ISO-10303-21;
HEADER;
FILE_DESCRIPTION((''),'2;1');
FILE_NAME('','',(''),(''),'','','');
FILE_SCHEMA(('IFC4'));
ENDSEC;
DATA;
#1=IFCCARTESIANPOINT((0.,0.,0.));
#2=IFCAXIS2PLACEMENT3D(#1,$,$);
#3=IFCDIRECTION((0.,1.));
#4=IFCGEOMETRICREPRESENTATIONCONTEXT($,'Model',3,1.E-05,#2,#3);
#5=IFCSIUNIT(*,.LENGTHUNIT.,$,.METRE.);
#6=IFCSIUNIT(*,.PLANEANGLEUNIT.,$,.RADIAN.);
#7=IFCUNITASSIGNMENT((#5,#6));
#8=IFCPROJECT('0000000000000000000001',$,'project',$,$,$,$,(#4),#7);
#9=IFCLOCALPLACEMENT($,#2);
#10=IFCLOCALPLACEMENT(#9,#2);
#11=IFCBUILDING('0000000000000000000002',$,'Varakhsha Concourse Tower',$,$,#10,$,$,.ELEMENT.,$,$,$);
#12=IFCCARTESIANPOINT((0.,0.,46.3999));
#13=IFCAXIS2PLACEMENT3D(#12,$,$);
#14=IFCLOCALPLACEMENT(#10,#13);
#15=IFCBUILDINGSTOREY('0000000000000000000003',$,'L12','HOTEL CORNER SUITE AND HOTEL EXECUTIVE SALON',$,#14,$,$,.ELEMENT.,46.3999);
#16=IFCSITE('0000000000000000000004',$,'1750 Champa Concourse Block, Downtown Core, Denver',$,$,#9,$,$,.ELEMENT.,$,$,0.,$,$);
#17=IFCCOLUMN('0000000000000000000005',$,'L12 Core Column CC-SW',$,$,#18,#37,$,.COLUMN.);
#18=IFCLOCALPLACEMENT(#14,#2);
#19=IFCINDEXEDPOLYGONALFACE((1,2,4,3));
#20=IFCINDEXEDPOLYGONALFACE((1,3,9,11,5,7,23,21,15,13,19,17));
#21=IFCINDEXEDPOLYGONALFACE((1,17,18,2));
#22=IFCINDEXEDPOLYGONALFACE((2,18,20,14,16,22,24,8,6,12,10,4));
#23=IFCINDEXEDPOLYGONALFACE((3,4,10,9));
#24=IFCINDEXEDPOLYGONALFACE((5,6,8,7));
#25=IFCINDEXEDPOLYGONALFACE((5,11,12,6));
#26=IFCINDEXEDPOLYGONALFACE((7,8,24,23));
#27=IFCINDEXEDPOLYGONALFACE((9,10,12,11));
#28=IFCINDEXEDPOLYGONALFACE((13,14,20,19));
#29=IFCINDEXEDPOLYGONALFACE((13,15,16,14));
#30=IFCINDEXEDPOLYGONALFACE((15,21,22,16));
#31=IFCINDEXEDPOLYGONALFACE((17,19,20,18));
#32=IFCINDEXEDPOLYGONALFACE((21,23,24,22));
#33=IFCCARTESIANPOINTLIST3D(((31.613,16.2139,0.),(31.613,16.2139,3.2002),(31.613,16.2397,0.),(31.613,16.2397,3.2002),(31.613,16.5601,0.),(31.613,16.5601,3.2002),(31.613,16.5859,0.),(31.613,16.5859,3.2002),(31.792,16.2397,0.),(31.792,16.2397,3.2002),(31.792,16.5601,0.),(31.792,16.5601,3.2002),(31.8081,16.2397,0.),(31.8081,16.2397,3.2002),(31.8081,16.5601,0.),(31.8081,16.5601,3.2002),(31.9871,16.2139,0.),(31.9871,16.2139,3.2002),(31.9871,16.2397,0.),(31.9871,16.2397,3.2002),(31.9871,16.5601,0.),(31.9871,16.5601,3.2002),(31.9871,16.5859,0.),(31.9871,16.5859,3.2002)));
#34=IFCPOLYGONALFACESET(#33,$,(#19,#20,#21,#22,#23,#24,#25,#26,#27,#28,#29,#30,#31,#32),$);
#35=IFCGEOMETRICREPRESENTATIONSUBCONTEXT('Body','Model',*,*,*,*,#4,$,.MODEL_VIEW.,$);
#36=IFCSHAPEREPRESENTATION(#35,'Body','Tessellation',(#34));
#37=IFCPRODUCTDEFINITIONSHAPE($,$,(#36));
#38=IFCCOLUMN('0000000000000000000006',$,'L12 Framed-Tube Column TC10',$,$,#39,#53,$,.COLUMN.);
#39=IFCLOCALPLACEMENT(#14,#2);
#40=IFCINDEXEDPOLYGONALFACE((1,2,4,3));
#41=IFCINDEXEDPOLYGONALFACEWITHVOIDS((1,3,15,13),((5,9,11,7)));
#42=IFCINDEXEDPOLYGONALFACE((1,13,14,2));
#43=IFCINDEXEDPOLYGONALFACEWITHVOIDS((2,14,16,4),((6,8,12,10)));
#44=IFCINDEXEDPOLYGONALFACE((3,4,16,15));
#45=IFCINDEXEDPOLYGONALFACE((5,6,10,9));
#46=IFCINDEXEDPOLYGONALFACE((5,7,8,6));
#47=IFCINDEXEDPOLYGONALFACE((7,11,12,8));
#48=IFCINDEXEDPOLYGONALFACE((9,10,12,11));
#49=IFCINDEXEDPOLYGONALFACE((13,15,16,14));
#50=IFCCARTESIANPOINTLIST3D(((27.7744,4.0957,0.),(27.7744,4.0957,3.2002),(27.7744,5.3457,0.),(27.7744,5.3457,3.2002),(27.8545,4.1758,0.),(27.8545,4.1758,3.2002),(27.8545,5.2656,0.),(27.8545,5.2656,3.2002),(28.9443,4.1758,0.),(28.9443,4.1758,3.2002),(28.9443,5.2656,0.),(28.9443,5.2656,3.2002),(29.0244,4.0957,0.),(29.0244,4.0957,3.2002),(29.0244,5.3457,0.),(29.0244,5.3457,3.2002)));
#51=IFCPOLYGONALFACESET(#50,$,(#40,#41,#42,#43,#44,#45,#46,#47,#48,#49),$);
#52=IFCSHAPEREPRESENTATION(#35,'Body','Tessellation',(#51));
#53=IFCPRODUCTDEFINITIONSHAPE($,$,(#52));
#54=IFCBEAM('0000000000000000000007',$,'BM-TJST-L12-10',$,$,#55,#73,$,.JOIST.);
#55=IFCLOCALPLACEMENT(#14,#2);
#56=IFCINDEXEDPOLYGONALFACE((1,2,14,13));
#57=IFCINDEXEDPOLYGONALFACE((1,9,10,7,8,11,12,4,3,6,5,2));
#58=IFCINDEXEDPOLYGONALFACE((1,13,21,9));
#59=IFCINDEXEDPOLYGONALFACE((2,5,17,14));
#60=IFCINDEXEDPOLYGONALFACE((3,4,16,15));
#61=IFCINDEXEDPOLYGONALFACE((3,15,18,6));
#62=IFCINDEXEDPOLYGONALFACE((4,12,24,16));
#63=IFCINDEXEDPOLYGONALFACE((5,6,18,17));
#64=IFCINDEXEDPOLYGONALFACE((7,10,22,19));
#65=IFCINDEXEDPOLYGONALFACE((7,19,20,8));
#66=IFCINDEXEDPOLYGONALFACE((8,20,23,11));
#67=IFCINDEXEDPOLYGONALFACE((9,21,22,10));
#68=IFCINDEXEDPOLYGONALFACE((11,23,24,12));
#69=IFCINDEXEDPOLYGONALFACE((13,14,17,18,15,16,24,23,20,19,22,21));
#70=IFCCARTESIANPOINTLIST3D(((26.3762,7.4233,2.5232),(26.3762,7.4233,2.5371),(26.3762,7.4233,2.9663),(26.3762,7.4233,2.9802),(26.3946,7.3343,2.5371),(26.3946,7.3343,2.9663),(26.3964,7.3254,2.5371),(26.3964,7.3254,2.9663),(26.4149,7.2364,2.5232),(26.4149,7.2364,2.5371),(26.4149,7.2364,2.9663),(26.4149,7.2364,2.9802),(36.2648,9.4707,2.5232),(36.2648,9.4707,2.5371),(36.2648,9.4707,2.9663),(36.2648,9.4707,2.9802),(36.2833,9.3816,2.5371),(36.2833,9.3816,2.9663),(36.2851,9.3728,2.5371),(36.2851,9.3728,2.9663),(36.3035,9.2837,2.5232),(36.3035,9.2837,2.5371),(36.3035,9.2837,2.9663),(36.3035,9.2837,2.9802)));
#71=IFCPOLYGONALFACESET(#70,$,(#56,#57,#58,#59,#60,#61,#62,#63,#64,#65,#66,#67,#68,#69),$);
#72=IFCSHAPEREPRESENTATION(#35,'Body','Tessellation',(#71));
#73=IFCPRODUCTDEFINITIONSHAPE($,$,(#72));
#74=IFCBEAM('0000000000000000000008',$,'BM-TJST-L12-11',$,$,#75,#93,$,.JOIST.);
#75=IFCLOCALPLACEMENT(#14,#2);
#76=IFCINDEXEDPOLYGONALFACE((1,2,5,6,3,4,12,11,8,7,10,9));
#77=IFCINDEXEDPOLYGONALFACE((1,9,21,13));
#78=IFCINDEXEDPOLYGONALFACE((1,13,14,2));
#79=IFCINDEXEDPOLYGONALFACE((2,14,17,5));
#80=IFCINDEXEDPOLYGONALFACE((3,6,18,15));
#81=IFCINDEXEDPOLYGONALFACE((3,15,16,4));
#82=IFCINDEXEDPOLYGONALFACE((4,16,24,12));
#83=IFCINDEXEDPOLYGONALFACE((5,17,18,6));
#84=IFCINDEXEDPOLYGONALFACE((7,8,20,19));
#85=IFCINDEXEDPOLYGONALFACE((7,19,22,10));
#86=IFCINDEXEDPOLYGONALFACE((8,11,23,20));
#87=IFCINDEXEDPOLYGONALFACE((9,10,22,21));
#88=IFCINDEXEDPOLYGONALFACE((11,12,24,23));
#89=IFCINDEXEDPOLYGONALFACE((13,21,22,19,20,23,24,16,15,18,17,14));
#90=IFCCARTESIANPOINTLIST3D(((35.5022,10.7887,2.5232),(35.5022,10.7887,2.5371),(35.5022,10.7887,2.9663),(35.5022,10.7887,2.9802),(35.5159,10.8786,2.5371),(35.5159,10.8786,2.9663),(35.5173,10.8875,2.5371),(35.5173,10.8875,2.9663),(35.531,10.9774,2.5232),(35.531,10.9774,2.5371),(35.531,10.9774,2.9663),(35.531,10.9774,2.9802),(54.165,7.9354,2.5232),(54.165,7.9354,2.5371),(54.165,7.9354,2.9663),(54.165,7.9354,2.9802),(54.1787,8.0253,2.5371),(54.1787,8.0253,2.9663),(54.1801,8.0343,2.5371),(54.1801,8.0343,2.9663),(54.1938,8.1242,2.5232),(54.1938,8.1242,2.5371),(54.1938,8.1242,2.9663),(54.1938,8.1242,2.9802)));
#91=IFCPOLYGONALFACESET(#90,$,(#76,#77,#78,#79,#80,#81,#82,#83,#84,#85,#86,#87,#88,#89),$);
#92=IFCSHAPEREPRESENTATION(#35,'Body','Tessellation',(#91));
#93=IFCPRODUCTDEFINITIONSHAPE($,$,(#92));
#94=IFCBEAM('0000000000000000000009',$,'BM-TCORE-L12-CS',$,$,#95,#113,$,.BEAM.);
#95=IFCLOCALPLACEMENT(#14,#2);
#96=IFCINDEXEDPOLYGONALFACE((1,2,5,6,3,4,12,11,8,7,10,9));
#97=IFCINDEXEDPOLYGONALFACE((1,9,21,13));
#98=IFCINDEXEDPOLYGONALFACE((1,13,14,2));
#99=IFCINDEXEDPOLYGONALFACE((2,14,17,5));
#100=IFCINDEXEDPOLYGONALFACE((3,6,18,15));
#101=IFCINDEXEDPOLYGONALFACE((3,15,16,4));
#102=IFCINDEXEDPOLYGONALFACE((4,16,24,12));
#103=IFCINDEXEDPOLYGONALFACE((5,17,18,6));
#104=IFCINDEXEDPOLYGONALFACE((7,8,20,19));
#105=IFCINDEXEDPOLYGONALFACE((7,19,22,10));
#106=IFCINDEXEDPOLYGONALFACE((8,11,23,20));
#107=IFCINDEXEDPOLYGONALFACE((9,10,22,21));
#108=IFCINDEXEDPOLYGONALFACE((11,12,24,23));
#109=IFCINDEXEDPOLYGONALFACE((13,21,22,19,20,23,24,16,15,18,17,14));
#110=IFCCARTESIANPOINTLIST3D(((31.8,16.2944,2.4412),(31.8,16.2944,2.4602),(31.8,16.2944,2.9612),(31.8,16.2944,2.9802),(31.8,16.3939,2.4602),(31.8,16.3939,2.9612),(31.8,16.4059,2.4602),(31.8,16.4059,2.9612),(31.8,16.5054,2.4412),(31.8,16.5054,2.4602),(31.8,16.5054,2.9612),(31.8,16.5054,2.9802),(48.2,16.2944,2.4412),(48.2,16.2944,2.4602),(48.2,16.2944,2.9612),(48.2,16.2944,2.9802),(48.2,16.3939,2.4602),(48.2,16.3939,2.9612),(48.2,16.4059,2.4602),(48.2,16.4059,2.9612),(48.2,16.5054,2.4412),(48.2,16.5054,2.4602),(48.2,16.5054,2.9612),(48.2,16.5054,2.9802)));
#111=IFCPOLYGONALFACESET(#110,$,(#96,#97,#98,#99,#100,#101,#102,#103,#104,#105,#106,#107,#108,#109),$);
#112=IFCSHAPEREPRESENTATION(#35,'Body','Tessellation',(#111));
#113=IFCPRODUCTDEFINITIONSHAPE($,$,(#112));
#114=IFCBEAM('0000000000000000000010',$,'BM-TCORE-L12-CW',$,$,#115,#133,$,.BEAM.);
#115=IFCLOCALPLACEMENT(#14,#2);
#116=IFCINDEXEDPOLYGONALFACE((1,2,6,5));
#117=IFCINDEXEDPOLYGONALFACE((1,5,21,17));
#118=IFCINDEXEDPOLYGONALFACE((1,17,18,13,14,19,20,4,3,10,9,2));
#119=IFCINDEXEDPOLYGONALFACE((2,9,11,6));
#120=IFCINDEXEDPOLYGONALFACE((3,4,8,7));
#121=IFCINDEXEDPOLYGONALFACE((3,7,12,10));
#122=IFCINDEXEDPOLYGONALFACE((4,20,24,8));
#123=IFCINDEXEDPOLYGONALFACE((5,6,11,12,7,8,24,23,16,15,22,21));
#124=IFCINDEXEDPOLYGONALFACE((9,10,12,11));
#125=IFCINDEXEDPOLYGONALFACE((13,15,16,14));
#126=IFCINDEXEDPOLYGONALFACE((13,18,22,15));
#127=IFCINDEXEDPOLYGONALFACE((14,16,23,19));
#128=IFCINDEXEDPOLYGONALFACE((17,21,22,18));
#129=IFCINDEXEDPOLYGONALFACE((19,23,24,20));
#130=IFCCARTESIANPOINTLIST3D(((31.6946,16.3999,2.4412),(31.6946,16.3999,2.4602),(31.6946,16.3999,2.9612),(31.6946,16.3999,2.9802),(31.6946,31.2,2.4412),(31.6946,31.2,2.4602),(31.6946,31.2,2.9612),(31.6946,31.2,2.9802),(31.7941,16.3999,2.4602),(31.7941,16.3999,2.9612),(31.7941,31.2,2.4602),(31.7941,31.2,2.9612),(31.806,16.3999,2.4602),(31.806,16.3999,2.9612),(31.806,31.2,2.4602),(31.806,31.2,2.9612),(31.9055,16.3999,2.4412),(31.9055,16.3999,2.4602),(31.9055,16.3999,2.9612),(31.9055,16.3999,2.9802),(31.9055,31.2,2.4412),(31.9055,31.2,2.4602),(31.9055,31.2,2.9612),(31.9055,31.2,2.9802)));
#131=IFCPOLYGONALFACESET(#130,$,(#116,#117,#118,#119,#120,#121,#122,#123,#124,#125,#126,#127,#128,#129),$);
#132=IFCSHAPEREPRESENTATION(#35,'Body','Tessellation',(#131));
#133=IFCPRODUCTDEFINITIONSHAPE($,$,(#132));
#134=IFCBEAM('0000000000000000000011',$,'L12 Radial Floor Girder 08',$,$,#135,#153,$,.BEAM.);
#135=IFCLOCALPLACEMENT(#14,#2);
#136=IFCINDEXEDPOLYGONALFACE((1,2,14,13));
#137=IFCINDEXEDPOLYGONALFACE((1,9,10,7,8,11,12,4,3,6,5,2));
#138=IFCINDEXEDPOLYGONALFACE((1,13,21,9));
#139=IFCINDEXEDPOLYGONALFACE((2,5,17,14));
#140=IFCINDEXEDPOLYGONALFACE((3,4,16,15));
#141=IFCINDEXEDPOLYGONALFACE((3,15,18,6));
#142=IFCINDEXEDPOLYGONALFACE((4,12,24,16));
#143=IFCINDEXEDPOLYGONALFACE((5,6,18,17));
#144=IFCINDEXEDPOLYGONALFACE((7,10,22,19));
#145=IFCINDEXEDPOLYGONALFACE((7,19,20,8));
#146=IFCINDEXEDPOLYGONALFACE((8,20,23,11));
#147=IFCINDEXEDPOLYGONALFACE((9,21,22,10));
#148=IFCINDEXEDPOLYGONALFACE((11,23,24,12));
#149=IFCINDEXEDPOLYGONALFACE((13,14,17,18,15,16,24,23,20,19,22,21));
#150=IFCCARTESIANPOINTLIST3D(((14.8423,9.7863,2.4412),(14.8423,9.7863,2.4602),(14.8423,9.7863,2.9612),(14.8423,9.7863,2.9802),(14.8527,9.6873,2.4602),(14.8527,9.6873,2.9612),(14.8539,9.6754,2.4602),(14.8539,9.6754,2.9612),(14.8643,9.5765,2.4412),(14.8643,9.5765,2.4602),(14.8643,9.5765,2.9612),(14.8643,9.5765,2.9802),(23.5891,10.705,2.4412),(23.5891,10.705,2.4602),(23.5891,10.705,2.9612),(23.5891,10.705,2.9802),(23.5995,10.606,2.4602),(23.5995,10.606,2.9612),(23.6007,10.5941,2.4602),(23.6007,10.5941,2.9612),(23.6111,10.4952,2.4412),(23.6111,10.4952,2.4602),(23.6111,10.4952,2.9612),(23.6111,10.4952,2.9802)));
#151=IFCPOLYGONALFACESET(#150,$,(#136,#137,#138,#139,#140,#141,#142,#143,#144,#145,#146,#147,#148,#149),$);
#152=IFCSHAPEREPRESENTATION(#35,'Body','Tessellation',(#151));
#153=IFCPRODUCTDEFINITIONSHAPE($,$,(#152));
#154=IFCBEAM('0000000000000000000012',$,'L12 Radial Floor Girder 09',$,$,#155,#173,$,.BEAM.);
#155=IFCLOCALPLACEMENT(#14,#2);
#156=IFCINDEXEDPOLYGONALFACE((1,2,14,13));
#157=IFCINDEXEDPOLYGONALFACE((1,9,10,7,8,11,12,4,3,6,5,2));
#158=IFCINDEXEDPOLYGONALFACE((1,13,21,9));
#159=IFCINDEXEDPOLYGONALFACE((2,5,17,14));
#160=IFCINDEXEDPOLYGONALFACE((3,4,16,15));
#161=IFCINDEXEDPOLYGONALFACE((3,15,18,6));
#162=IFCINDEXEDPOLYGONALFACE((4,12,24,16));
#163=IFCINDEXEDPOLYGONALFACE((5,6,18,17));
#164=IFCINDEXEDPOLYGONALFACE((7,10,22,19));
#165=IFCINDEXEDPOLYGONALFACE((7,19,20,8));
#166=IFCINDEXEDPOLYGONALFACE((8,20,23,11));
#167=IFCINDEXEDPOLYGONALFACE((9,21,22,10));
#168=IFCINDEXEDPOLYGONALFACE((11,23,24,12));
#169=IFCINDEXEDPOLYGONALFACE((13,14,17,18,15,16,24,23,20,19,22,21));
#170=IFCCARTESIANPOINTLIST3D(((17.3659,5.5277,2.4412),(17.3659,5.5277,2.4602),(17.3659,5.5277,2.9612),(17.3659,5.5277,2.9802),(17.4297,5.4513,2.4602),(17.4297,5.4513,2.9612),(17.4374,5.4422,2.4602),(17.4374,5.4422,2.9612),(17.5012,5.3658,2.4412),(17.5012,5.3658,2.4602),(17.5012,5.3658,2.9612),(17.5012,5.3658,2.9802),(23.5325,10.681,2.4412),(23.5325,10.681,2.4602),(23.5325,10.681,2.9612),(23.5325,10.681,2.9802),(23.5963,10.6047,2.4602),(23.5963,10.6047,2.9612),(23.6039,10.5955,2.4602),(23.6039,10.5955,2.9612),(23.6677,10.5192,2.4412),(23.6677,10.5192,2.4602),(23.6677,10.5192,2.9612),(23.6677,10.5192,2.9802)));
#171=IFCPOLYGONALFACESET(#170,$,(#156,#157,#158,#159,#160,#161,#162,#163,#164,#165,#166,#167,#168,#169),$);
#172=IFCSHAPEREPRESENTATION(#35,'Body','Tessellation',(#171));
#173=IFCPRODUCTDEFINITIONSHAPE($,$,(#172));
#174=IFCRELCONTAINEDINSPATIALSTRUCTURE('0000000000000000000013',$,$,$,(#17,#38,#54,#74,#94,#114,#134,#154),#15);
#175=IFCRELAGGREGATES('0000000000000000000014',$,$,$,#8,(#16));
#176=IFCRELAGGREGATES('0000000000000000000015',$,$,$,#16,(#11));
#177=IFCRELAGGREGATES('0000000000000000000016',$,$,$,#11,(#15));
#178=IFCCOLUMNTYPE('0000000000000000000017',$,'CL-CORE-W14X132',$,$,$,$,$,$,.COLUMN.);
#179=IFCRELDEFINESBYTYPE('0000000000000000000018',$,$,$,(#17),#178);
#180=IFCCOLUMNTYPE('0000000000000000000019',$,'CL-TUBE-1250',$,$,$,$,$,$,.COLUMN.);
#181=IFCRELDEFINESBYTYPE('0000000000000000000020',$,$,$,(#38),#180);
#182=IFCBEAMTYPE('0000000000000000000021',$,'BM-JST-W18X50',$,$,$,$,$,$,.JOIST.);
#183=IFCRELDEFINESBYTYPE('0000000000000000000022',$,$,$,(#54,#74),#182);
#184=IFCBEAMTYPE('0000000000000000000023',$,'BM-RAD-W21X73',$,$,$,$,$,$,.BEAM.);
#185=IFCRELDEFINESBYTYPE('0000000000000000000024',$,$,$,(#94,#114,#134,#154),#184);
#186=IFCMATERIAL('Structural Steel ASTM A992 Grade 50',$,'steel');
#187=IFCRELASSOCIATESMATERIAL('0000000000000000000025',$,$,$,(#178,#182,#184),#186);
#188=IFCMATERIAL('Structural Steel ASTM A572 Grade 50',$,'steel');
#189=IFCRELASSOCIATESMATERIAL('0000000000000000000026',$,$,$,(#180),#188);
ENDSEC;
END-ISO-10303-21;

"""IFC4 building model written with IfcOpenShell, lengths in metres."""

from ifc_helpers import new_model, si_unit, direction, frame, origin, origin_2d, place, context, subcontext, project, spatial, hollow_rectangle, i_section, extrude, material, material_profile, profile_set, type_object, element, save


model = new_model("IFC4")

# Units and contexts
model_context = context("Model", 3, precision=1e-05, world=origin(), true_north=direction((0.0, 1.0)))
body_context = subcontext(model_context, "Body", "Model", "MODEL_VIEW")
ifc_project = project(units=[si_unit("LENGTHUNIT", "METRE"), si_unit("PLANEANGLEUNIT", "RADIAN")], contexts=[model_context])

# Site, building, storey
site_placement = place(None, origin())
site = spatial("IfcSite", under=ifc_project, at=site_placement, Name="1750 Champa Concourse Block, Downtown Core, Denver", CompositionType="ELEMENT", RefElevation=0.0)
building_placement = place(site_placement, origin())
building = spatial("IfcBuilding", under=site, at=building_placement, Name="Varakhsha Concourse Tower", CompositionType="ELEMENT")
storey_placement = place(building_placement, frame((0.0, 0.0, 46.3999)))
storey = spatial("IfcBuildingStorey", under=building, at=storey_placement, Name="L12", Description="HOTEL CORNER SUITE AND HOTEL EXECUTIVE SALON", CompositionType="ELEMENT", Elevation=46.3999)

# Columns
ifc_material_1 = material(Name="Structural Steel ASTM A992 Grade 50", Category="steel")
ifc_material_profile_1 = material_profile(ifc_material_1, i_section(OverallWidth=0.374, OverallDepth=0.3721, WebThickness=0.0161, FlangeThickness=0.0259, at=origin_2d()), Name="W14X132")
ifc_profile_set_1 = profile_set([ifc_material_profile_1], Name="Structural Steel ASTM A992 Grade 50")
column_type_1 = type_object("IfcColumnType", Name="CL-CORE-W14X132", PredefinedType="COLUMN", material=ifc_profile_set_1)
column_1_placement = place(storey_placement, frame((31.8, 16.3999, 0.0), z_axis=(0.0, 0.0, 1.0), x_axis=(1.0, 0.0, 0.0)))
element("IfcColumn", 1, at=column_1_placement, inside=storey, type_object=column_type_1, Name="L12 Core Column CC-SW", PredefinedType="COLUMN", context=body_context, shape_type="SweptSolid", body=[
    extrude(i_section(OverallWidth=0.374, OverallDepth=0.3721, WebThickness=0.0161, FlangeThickness=0.0259, at=origin_2d()), origin(), (0.0, 0.0, 1.0), 3.2002),
])
ifc_material_2 = material(Name="Structural Steel ASTM A572 Grade 50", Category="steel")
ifc_material_profile_2 = material_profile(ifc_material_2, hollow_rectangle(XDim=1.25, YDim=1.25, WallThickness=0.0801, at=origin_2d()), Name="BOX 1250x1250x80")
ifc_profile_set_2 = profile_set([ifc_material_profile_2], Name="Structural Steel ASTM A572 Grade 50")
column_type_2 = type_object("IfcColumnType", Name="CL-TUBE-1250", PredefinedType="COLUMN", material=ifc_profile_set_2)
column_2_placement = place(storey_placement, frame((28.3994, 4.7207, 0.0), z_axis=(0.0, 0.0, 1.0), x_axis=(1.0, 0.0, 0.0)))
element("IfcColumn", 2, at=column_2_placement, inside=storey, type_object=column_type_2, Name="L12 Framed-Tube Column TC10", PredefinedType="COLUMN", context=body_context, shape_type="SweptSolid", body=[
    extrude(hollow_rectangle(XDim=1.25, YDim=1.25, WallThickness=0.0801, at=origin_2d()), origin(), (0.0, 0.0, 1.0), 3.2002),
])

# Beams
ifc_material_profile_3 = material_profile(ifc_material_1, i_section(OverallWidth=0.1909, OverallDepth=0.457, WebThickness=0.009, FlangeThickness=0.0139, at=origin_2d()), Name="W18X50")
ifc_profile_set_3 = profile_set([ifc_material_profile_3], Name="Structural Steel ASTM A992 Grade 50")
beam_type_1 = type_object("IfcBeamType", Name="BM-JST-W18X50", PredefinedType="JOIST", material=ifc_profile_set_3)
beam_1_placement = place(storey_placement, frame((26.3955, 7.3298, 2.7517), z_axis=(0.979232, 0.202742, 0.0), x_axis=(-0.202742, 0.979232, 0.0)))
element("IfcBeam", 3, at=beam_1_placement, inside=storey, type_object=beam_type_1, Name="BM-TJST-L12-10", PredefinedType="JOIST", context=body_context, shape_type="SweptSolid", body=[
    extrude(i_section(OverallWidth=0.1909, OverallDepth=0.457, WebThickness=0.009, FlangeThickness=0.0139, at=origin_2d()), origin(), (0.0, 0.0, 1.0), 10.0984),
])
beam_2_placement = place(storey_placement, frame((35.5166, 10.8831, 2.7517), z_axis=(0.988514, -0.151129, 0.0), x_axis=(0.151129, 0.988514, 0.0)))
element("IfcBeam", 4, at=beam_2_placement, inside=storey, type_object=beam_type_1, Name="BM-TJST-L12-11", PredefinedType="JOIST", context=body_context, shape_type="SweptSolid", body=[
    extrude(i_section(OverallWidth=0.1909, OverallDepth=0.457, WebThickness=0.009, FlangeThickness=0.0139, at=origin_2d()), origin(), (0.0, 0.0, 1.0), 18.8796),
])
ifc_material_profile_4 = material_profile(ifc_material_1, i_section(OverallWidth=0.2109, OverallDepth=0.5391, WebThickness=0.012, FlangeThickness=0.019, at=origin_2d()), Name="W21X73")
ifc_profile_set_4 = profile_set([ifc_material_profile_4], Name="Structural Steel ASTM A992 Grade 50")
beam_type_2 = type_object("IfcBeamType", Name="BM-RAD-W21X73", PredefinedType="BEAM", material=ifc_profile_set_4)
beam_3_placement = place(storey_placement, frame((31.8, 16.3999, 2.7107), z_axis=(1.0, 0.0, 0.0), x_axis=(0.0, 1.0, 0.0)))
element("IfcBeam", 5, at=beam_3_placement, inside=storey, type_object=beam_type_2, Name="BM-TCORE-L12-CS", PredefinedType="BEAM", context=body_context, shape_type="SweptSolid", body=[
    extrude(i_section(OverallWidth=0.2109, OverallDepth=0.5391, WebThickness=0.012, FlangeThickness=0.019, at=origin_2d()), origin(), (0.0, 0.0, 1.0), 16.3999),
])
beam_4_placement = place(storey_placement, frame((31.8, 16.3999, 2.7107), z_axis=(0.0, 1.0, 0.0), x_axis=(-1.0, 0.0, 0.0)))
element("IfcBeam", 6, at=beam_4_placement, inside=storey, type_object=beam_type_2, Name="BM-TCORE-L12-CW", PredefinedType="BEAM", context=body_context, shape_type="SweptSolid", body=[
    extrude(i_section(OverallWidth=0.2109, OverallDepth=0.5391, WebThickness=0.012, FlangeThickness=0.019, at=origin_2d()), origin(), (0.0, 0.0, 1.0), 14.8),
])
beam_5_placement = place(storey_placement, frame((23.6001, 10.6001, 2.7107), z_axis=(-0.994529, -0.104458, 0.0), x_axis=(0.104458, -0.994529, 0.0)))
element("IfcBeam", 7, at=beam_5_placement, inside=storey, type_object=beam_type_2, Name="L12 Radial Floor Girder 08", PredefinedType="BEAM", context=body_context, shape_type="SweptSolid", body=[
    extrude(i_section(OverallWidth=0.2109, OverallDepth=0.5391, WebThickness=0.012, FlangeThickness=0.019, at=origin_2d()), origin(), (0.0, 0.0, 1.0), 8.7949),
])
beam_6_placement = place(storey_placement, frame((23.6001, 10.6001, 2.7107), z_axis=(-0.767329, -0.641254, 0.0), x_axis=(0.641254, -0.767329, 0.0)))
element("IfcBeam", 8, at=beam_6_placement, inside=storey, type_object=beam_type_2, Name="L12 Radial Floor Girder 09", PredefinedType="BEAM", context=body_context, shape_type="SweptSolid", body=[
    extrude(i_section(OverallWidth=0.2109, OverallDepth=0.5391, WebThickness=0.012, FlangeThickness=0.019, at=origin_2d()), origin(), (0.0, 0.0, 1.0), 8.0364),
])

save(model, "model.ifc")
